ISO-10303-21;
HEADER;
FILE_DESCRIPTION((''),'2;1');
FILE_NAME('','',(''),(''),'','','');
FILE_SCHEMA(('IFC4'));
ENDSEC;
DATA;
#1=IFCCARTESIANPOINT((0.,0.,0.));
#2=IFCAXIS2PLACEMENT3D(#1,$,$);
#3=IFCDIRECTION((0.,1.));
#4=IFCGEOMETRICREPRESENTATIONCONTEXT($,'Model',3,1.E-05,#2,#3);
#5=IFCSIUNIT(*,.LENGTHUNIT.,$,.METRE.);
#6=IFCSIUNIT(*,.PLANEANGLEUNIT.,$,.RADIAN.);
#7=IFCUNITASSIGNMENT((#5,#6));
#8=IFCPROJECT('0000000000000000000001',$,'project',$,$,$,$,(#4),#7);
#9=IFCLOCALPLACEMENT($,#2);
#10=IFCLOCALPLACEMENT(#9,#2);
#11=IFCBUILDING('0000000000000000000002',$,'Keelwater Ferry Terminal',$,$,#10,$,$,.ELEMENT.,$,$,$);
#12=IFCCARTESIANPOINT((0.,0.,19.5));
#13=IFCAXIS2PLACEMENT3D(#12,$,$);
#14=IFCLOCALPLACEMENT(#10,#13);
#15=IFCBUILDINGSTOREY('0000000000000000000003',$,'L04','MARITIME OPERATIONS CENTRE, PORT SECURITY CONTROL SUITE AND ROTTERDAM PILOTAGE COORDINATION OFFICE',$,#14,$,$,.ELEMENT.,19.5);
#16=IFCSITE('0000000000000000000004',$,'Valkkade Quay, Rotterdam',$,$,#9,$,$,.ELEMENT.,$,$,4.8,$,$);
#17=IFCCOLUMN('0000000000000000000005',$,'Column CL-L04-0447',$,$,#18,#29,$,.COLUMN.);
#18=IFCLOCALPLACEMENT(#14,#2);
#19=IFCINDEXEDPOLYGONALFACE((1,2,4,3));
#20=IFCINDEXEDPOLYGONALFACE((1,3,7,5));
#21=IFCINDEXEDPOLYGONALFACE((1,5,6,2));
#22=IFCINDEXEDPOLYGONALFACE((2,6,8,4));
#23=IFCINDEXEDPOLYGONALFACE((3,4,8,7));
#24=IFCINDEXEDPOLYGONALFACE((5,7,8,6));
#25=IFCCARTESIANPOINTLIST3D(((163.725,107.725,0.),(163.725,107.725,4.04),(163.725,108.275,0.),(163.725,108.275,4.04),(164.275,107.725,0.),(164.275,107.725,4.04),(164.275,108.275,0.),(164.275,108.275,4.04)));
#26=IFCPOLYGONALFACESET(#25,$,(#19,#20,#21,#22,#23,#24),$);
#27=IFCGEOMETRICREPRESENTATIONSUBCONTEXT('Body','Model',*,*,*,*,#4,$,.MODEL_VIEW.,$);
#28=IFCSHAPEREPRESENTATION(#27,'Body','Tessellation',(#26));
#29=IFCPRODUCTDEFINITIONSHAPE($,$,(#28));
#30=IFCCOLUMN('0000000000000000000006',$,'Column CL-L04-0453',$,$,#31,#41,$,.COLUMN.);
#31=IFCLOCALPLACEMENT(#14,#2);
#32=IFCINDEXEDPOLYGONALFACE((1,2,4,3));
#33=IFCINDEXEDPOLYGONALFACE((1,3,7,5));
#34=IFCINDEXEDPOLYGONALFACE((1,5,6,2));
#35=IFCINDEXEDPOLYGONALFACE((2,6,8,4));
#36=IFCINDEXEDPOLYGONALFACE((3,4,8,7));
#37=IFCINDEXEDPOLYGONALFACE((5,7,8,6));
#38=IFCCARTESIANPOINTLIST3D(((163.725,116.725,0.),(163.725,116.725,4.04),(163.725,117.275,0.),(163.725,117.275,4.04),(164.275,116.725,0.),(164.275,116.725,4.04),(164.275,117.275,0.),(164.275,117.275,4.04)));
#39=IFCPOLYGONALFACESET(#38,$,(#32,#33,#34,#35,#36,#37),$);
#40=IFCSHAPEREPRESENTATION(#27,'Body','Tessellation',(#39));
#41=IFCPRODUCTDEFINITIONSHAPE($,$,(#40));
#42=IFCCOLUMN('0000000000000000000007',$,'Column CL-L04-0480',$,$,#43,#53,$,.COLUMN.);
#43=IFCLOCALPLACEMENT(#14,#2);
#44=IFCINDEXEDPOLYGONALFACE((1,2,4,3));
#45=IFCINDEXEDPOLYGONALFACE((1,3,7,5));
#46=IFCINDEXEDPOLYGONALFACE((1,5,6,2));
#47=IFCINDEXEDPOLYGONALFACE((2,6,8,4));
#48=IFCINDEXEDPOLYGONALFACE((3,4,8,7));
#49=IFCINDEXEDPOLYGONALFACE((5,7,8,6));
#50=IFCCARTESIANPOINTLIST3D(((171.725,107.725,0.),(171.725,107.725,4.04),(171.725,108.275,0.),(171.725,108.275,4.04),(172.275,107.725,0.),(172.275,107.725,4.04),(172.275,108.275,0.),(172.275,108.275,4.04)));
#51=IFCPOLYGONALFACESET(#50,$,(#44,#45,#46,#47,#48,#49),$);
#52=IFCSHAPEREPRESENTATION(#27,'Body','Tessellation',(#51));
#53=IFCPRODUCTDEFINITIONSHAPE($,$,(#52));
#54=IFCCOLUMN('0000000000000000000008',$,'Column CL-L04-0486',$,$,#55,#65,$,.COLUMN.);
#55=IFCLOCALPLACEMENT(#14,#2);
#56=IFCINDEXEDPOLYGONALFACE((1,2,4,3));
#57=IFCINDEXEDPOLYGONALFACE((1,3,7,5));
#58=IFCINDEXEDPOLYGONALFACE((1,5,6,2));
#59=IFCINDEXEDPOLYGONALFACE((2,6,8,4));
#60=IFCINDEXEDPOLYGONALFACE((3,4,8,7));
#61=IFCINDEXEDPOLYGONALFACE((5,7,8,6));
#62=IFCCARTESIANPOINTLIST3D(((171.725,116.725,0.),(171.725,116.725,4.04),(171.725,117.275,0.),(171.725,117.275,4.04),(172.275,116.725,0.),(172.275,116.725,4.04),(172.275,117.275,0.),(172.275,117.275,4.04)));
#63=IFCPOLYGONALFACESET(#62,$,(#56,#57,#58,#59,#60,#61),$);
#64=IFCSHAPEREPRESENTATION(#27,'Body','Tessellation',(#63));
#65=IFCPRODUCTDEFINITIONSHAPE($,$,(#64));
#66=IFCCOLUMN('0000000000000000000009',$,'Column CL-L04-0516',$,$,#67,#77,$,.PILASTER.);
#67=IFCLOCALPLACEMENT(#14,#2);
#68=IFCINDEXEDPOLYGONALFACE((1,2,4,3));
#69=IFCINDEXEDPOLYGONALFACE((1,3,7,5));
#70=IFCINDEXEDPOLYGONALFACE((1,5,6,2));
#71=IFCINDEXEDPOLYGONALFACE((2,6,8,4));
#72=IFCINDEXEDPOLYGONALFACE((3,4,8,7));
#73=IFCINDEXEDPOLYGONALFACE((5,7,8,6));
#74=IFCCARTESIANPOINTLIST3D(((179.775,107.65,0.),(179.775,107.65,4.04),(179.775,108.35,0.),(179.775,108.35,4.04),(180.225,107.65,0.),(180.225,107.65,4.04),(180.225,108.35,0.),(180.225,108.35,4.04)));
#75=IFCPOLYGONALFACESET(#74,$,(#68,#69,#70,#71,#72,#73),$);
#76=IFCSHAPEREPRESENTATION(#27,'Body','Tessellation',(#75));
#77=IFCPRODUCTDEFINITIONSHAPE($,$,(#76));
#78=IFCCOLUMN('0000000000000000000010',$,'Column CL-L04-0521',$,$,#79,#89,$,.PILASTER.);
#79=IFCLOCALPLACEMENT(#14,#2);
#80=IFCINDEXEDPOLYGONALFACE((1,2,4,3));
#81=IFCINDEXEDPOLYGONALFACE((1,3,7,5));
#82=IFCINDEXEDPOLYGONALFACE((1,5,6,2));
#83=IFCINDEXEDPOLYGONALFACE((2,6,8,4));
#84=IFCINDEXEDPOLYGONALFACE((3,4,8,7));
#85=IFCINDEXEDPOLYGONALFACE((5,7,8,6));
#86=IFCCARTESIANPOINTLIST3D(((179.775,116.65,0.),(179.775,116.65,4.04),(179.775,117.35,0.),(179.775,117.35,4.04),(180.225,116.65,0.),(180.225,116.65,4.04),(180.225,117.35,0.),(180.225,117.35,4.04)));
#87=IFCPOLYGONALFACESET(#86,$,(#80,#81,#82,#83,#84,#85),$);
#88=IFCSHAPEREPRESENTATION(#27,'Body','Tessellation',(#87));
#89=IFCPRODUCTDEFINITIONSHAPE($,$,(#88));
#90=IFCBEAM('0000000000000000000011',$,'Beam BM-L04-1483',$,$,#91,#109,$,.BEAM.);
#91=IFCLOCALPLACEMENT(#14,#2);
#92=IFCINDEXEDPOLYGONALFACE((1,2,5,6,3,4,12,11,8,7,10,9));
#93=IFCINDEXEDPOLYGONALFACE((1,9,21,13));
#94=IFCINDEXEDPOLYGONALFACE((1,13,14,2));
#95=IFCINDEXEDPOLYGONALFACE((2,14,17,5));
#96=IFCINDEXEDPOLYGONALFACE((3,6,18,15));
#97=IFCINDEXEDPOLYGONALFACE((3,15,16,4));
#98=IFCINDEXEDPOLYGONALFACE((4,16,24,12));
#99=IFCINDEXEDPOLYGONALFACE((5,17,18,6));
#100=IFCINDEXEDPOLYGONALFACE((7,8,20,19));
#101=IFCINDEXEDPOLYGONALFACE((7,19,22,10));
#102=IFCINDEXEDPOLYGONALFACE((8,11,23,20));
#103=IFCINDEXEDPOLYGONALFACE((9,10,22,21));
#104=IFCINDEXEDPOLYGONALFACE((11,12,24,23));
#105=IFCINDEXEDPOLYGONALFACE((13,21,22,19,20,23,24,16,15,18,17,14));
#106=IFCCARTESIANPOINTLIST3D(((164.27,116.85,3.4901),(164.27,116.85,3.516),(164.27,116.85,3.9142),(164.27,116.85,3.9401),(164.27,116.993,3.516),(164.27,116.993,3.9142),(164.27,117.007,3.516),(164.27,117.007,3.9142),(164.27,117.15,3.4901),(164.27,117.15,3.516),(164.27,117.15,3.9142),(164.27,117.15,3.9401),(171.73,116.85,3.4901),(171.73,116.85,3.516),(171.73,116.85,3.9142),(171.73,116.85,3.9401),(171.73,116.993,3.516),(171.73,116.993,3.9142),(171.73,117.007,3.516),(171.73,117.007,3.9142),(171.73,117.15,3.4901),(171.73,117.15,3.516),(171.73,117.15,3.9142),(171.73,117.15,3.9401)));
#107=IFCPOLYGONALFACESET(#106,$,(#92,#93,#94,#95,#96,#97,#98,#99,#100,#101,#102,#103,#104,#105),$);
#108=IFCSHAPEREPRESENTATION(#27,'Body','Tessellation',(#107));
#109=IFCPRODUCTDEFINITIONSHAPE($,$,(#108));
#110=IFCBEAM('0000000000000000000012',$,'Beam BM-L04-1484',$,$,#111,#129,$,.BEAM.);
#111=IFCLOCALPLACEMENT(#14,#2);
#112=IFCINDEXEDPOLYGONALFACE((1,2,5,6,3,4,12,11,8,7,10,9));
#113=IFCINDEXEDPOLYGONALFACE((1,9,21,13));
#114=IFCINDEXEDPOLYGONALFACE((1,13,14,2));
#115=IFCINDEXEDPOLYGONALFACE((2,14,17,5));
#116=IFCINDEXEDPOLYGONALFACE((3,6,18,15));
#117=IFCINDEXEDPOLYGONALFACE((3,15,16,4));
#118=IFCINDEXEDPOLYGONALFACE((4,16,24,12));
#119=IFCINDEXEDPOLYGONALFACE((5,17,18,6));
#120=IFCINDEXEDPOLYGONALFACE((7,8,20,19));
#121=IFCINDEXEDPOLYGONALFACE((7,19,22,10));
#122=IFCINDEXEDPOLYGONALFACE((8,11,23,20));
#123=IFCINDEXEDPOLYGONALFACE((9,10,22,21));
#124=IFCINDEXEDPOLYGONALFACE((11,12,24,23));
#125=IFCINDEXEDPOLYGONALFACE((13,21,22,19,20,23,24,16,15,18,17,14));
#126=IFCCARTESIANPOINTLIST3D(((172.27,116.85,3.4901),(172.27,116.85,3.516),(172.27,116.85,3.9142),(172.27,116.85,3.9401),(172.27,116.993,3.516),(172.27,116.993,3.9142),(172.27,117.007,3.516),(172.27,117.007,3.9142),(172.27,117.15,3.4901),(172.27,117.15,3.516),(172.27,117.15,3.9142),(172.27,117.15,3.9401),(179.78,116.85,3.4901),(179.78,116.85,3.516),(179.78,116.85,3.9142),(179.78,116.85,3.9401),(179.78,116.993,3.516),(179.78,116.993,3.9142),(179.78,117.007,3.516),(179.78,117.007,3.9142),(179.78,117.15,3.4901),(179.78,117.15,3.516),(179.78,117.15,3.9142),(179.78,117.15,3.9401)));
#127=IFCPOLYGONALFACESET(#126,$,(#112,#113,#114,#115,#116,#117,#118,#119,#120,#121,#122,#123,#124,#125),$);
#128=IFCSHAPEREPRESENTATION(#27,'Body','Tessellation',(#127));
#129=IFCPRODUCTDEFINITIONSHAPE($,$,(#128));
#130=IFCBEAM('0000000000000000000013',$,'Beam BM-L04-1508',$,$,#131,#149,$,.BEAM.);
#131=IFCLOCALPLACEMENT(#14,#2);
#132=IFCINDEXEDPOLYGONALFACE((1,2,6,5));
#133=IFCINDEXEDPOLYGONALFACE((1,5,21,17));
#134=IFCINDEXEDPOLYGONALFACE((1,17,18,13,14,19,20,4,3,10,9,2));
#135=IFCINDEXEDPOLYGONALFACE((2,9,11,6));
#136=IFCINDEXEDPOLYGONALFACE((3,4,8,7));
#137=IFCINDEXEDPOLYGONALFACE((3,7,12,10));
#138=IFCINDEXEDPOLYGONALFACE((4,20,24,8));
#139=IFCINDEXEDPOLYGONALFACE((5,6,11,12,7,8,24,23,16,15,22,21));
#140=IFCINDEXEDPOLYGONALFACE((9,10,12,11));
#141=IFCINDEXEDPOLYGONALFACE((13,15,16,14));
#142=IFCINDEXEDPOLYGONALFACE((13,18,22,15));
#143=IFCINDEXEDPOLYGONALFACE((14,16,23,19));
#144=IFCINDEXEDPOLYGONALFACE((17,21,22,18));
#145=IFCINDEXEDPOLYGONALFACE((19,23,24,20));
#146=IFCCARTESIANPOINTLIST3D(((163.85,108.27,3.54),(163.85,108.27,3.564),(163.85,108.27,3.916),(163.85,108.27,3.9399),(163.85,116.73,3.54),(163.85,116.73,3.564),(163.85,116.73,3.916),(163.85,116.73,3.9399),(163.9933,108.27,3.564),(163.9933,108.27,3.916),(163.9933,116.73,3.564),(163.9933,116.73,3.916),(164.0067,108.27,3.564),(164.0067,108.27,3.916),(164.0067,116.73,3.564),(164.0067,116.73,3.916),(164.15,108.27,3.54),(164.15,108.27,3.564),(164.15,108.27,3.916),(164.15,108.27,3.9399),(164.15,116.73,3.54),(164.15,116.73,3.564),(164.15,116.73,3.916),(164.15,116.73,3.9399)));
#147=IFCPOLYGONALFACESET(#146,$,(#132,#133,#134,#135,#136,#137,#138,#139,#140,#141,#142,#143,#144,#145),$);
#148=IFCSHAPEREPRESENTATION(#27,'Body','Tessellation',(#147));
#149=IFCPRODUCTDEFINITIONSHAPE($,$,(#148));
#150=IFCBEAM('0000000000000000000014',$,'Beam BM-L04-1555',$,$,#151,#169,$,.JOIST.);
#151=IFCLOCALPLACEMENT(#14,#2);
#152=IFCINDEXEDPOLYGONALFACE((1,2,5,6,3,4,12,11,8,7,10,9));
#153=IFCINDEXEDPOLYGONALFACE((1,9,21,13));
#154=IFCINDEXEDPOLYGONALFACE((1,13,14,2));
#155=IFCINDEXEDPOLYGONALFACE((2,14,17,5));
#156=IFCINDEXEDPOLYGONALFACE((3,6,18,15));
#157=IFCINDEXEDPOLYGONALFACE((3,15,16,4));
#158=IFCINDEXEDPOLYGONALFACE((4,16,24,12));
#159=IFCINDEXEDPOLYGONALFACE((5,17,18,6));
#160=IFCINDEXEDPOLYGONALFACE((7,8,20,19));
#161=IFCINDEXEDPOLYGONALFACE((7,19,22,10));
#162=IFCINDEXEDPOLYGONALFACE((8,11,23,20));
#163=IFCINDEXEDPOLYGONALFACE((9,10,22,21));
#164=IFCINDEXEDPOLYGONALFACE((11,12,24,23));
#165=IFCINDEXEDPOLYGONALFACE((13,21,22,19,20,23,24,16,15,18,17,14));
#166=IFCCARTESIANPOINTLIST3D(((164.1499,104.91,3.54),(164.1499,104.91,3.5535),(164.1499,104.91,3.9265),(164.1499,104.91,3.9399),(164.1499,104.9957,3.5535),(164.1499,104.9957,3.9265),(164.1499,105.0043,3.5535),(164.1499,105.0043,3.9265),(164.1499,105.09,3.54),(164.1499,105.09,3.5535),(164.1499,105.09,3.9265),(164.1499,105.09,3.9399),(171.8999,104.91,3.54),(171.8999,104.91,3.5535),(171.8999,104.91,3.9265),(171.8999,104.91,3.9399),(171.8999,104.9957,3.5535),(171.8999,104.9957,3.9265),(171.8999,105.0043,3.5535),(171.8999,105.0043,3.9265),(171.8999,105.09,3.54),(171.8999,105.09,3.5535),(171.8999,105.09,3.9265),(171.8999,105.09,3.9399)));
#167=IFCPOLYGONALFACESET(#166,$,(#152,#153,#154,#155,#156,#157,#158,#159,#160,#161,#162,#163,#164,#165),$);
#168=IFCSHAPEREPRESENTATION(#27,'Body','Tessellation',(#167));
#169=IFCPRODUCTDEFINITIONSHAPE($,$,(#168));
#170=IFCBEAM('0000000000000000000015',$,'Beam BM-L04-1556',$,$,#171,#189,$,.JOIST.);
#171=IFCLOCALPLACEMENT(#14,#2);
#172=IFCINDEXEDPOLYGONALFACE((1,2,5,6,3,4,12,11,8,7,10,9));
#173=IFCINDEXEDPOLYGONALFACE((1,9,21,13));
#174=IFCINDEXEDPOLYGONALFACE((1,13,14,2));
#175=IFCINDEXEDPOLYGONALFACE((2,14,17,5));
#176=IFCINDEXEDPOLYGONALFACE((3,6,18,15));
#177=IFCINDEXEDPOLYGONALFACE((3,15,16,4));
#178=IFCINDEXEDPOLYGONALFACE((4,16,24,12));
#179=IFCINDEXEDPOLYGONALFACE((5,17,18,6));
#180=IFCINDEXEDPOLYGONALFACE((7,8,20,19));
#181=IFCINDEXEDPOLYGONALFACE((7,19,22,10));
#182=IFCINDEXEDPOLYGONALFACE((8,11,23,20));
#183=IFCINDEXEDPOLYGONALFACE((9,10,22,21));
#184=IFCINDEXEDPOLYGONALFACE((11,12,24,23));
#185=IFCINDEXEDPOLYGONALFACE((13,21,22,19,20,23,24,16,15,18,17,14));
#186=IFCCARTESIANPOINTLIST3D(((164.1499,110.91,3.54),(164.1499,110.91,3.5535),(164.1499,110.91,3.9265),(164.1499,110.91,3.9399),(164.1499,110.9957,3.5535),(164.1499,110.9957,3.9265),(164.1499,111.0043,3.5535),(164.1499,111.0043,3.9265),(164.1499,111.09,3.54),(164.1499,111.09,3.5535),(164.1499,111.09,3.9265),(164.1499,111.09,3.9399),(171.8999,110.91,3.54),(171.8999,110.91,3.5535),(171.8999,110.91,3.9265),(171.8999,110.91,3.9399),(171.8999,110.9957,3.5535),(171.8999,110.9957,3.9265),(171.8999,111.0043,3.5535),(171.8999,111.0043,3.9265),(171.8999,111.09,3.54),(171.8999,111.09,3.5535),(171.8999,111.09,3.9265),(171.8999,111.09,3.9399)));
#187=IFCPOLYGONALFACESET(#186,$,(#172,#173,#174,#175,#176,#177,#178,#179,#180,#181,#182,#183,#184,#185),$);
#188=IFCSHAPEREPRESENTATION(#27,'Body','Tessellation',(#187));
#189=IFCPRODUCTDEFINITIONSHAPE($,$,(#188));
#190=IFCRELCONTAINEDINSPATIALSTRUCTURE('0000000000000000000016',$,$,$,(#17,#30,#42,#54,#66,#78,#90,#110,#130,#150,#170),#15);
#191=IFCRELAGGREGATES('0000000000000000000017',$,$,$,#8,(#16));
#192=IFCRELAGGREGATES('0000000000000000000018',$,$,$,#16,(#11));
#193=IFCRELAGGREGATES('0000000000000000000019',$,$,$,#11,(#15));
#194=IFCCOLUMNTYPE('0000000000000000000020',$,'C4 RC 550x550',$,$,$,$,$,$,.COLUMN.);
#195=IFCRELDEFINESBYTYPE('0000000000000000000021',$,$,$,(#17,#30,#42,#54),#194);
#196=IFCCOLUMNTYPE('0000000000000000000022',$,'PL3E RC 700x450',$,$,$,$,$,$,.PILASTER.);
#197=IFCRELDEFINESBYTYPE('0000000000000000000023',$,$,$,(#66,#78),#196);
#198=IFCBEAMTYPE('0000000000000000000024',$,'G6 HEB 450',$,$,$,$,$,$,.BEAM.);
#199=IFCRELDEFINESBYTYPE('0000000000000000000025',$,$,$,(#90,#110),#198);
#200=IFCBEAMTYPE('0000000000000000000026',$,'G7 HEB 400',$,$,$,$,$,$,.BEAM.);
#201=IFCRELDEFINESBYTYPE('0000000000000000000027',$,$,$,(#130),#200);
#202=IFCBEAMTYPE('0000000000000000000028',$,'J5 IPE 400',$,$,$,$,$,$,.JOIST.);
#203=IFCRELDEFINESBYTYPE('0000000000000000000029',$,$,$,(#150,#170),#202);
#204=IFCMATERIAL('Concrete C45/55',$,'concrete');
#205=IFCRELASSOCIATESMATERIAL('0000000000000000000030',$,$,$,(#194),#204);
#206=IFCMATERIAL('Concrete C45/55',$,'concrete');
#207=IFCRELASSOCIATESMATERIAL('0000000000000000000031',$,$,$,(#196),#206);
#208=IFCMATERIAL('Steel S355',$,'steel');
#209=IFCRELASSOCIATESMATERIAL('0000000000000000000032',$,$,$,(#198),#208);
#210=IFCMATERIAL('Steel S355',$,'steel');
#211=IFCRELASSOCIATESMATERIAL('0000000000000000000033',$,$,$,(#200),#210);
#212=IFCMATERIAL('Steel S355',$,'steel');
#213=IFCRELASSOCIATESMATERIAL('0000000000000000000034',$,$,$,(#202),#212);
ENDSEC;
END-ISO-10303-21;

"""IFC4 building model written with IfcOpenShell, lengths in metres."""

from ifc_helpers import new_model, si_unit, direction, frame, origin, origin_2d, place, context, subcontext, project, spatial, rectangle, i_section, extrude, material, material_profile, profile_set, type_object, element, save


model = new_model("IFC4")

# Units and contexts
model_context = context("Model", 3, precision=1e-05, world=origin(), true_north=direction((0.0, 1.0)))
body_context = subcontext(model_context, "Body", "Model", "MODEL_VIEW")
ifc_project = project(units=[si_unit("LENGTHUNIT", "METRE"), si_unit("PLANEANGLEUNIT", "RADIAN")], contexts=[model_context])

# Site, building, storey
site_placement = place(None, origin())
site = spatial("IfcSite", under=ifc_project, at=site_placement, Name="Valkkade Quay, Rotterdam", CompositionType="ELEMENT", RefElevation=4.8)
building_placement = place(site_placement, origin())
building = spatial("IfcBuilding", under=site, at=building_placement, Name="Keelwater Ferry Terminal", CompositionType="ELEMENT")
storey_placement = place(building_placement, frame((0.0, 0.0, 19.5)))
storey = spatial("IfcBuildingStorey", under=building, at=storey_placement, Name="L04", Description="MARITIME OPERATIONS CENTRE, PORT SECURITY CONTROL SUITE AND ROTTERDAM PILOTAGE COORDINATION OFFICE", CompositionType="ELEMENT", Elevation=19.5)

# Columns
ifc_material_1 = material(Name="Concrete C45/55", Category="concrete")
ifc_material_profile_1 = material_profile(ifc_material_1, rectangle(XDim=0.55, YDim=0.55, at=origin_2d()), Name="RC 550x550")
ifc_profile_set_1 = profile_set([ifc_material_profile_1], Name="Concrete C45/55")
column_type_1 = type_object("IfcColumnType", Name="C4 RC 550x550", PredefinedType="COLUMN", material=ifc_profile_set_1)
for number, where, z_axis, x_axis, name in (
    (1, (164.0, 108.0, 0.0), (0.0, 0.0, 1.0), (1.0, 0.0, 0.0), "Column CL-L04-0447"),
    (2, (164.0, 117.0, 0.0), (0.0, 0.0, 1.0), (1.0, 0.0, 0.0), "Column CL-L04-0453"),
    (3, (172.0, 108.0, 0.0), (0.0, 0.0, 1.0), (1.0, 0.0, 0.0), "Column CL-L04-0480"),
    (4, (172.0, 117.0, 0.0), (0.0, 0.0, 1.0), (1.0, 0.0, 0.0), "Column CL-L04-0486"),
):
    element("IfcColumn", number, at=place(storey_placement, frame(where, z_axis=z_axis, x_axis=x_axis)), inside=storey, type_object=column_type_1, Name=name, PredefinedType="COLUMN", context=body_context, shape_type="SweptSolid", body=[
        extrude(rectangle(XDim=0.55, YDim=0.55, at=origin_2d()), origin(), (0.0, 0.0, 1.0), 4.04),
    ])
ifc_material_2 = material(Name="Concrete C45/55", Category="concrete")
ifc_material_profile_2 = material_profile(ifc_material_2, rectangle(XDim=0.45, YDim=0.7, at=origin_2d()), Name="RC 700x450")
ifc_profile_set_2 = profile_set([ifc_material_profile_2], Name="Concrete C45/55")
column_type_2 = type_object("IfcColumnType", Name="PL3E RC 700x450", PredefinedType="PILASTER", material=ifc_profile_set_2)
for number, where, z_axis, x_axis, name in (
    (5, (180.0, 108.0, 0.0), (0.0, 0.0, 1.0), (1.0, 0.0, 0.0), "Column CL-L04-0516"),
    (6, (180.0, 117.0, 0.0), (0.0, 0.0, 1.0), (1.0, 0.0, 0.0), "Column CL-L04-0521"),
):
    element("IfcColumn", number, at=place(storey_placement, frame(where, z_axis=z_axis, x_axis=x_axis)), inside=storey, type_object=column_type_2, Name=name, PredefinedType="PILASTER", context=body_context, shape_type="SweptSolid", body=[
        extrude(rectangle(XDim=0.45, YDim=0.7, at=origin_2d()), origin(), (0.0, 0.0, 1.0), 4.04),
    ])

# Beams
ifc_material_3 = material(Name="Steel S355", Category="steel")
ifc_material_profile_3 = material_profile(ifc_material_3, i_section(OverallWidth=0.3, OverallDepth=0.45, WebThickness=0.0139, FlangeThickness=0.0259, at=origin_2d()), Name="HEB 450")
ifc_profile_set_3 = profile_set([ifc_material_profile_3], Name="Steel S355")
beam_type_1 = type_object("IfcBeamType", Name="G6 HEB 450", PredefinedType="BEAM", material=ifc_profile_set_3)
beam_1_placement = place(storey_placement, frame((164.27, 117.0, 3.7151), z_axis=(1.0, 0.0, 0.0), x_axis=(0.0, 1.0, 0.0)))
element("IfcBeam", 7, at=beam_1_placement, inside=storey, type_object=beam_type_1, Name="Beam BM-L04-1483", PredefinedType="BEAM", context=body_context, shape_type="SweptSolid", body=[
    extrude(i_section(OverallWidth=0.3, OverallDepth=0.45, WebThickness=0.0139, FlangeThickness=0.0259, at=origin_2d()), origin(), (0.0, 0.0, 1.0), 7.46),
])
beam_2_placement = place(storey_placement, frame((172.27, 117.0, 3.7151), z_axis=(1.0, 0.0, 0.0), x_axis=(0.0, 1.0, 0.0)))
element("IfcBeam", 8, at=beam_2_placement, inside=storey, type_object=beam_type_1, Name="Beam BM-L04-1484", PredefinedType="BEAM", context=body_context, shape_type="SweptSolid", body=[
    extrude(i_section(OverallWidth=0.3, OverallDepth=0.45, WebThickness=0.0139, FlangeThickness=0.0259, at=origin_2d()), origin(), (0.0, 0.0, 1.0), 7.51),
])
ifc_material_4 = material(Name="Steel S355", Category="steel")
ifc_material_profile_4 = material_profile(ifc_material_4, i_section(OverallWidth=0.3, OverallDepth=0.3999, WebThickness=0.0134, FlangeThickness=0.0239, at=origin_2d()), Name="HEB 400")
ifc_profile_set_4 = profile_set([ifc_material_profile_4], Name="Steel S355")
beam_type_2 = type_object("IfcBeamType", Name="G7 HEB 400", PredefinedType="BEAM", material=ifc_profile_set_4)
beam_3_placement = place(storey_placement, frame((164.0, 108.27, 3.74), z_axis=(0.0, 1.0, 0.0), x_axis=(-1.0, 0.0, 0.0)))
element("IfcBeam", 9, at=beam_3_placement, inside=storey, type_object=beam_type_2, Name="Beam BM-L04-1508", PredefinedType="BEAM", context=body_context, shape_type="SweptSolid", body=[
    extrude(i_section(OverallWidth=0.3, OverallDepth=0.3999, WebThickness=0.0134, FlangeThickness=0.0239, at=origin_2d()), origin(), (0.0, 0.0, 1.0), 8.46),
])
ifc_material_5 = material(Name="Steel S355", Category="steel")
ifc_material_profile_5 = material_profile(ifc_material_5, i_section(OverallWidth=0.1799, OverallDepth=0.3999, WebThickness=0.0085, FlangeThickness=0.0134, at=origin_2d()), Name="IPE 400")
ifc_profile_set_5 = profile_set([ifc_material_profile_5], Name="Steel S355")
beam_type_3 = type_object("IfcBeamType", Name="J5 IPE 400", PredefinedType="JOIST", material=ifc_profile_set_5)
for number, where, z_axis, x_axis, name in (
    (10, (164.1499, 105.0, 3.74), (1.0, 0.0, 0.0), (0.0, 1.0, 0.0), "Beam BM-L04-1555"),
    (11, (164.1499, 111.0, 3.74), (1.0, 0.0, 0.0), (0.0, 1.0, 0.0), "Beam BM-L04-1556"),
):
    element("IfcBeam", number, at=place(storey_placement, frame(where, z_axis=z_axis, x_axis=x_axis)), inside=storey, type_object=beam_type_3, Name=name, PredefinedType="JOIST", context=body_context, shape_type="SweptSolid", body=[
        extrude(i_section(OverallWidth=0.1799, OverallDepth=0.3999, WebThickness=0.0085, FlangeThickness=0.0134, at=origin_2d()), origin(), (0.0, 0.0, 1.0), 7.75),
    ])

save(model, "model.ifc")
